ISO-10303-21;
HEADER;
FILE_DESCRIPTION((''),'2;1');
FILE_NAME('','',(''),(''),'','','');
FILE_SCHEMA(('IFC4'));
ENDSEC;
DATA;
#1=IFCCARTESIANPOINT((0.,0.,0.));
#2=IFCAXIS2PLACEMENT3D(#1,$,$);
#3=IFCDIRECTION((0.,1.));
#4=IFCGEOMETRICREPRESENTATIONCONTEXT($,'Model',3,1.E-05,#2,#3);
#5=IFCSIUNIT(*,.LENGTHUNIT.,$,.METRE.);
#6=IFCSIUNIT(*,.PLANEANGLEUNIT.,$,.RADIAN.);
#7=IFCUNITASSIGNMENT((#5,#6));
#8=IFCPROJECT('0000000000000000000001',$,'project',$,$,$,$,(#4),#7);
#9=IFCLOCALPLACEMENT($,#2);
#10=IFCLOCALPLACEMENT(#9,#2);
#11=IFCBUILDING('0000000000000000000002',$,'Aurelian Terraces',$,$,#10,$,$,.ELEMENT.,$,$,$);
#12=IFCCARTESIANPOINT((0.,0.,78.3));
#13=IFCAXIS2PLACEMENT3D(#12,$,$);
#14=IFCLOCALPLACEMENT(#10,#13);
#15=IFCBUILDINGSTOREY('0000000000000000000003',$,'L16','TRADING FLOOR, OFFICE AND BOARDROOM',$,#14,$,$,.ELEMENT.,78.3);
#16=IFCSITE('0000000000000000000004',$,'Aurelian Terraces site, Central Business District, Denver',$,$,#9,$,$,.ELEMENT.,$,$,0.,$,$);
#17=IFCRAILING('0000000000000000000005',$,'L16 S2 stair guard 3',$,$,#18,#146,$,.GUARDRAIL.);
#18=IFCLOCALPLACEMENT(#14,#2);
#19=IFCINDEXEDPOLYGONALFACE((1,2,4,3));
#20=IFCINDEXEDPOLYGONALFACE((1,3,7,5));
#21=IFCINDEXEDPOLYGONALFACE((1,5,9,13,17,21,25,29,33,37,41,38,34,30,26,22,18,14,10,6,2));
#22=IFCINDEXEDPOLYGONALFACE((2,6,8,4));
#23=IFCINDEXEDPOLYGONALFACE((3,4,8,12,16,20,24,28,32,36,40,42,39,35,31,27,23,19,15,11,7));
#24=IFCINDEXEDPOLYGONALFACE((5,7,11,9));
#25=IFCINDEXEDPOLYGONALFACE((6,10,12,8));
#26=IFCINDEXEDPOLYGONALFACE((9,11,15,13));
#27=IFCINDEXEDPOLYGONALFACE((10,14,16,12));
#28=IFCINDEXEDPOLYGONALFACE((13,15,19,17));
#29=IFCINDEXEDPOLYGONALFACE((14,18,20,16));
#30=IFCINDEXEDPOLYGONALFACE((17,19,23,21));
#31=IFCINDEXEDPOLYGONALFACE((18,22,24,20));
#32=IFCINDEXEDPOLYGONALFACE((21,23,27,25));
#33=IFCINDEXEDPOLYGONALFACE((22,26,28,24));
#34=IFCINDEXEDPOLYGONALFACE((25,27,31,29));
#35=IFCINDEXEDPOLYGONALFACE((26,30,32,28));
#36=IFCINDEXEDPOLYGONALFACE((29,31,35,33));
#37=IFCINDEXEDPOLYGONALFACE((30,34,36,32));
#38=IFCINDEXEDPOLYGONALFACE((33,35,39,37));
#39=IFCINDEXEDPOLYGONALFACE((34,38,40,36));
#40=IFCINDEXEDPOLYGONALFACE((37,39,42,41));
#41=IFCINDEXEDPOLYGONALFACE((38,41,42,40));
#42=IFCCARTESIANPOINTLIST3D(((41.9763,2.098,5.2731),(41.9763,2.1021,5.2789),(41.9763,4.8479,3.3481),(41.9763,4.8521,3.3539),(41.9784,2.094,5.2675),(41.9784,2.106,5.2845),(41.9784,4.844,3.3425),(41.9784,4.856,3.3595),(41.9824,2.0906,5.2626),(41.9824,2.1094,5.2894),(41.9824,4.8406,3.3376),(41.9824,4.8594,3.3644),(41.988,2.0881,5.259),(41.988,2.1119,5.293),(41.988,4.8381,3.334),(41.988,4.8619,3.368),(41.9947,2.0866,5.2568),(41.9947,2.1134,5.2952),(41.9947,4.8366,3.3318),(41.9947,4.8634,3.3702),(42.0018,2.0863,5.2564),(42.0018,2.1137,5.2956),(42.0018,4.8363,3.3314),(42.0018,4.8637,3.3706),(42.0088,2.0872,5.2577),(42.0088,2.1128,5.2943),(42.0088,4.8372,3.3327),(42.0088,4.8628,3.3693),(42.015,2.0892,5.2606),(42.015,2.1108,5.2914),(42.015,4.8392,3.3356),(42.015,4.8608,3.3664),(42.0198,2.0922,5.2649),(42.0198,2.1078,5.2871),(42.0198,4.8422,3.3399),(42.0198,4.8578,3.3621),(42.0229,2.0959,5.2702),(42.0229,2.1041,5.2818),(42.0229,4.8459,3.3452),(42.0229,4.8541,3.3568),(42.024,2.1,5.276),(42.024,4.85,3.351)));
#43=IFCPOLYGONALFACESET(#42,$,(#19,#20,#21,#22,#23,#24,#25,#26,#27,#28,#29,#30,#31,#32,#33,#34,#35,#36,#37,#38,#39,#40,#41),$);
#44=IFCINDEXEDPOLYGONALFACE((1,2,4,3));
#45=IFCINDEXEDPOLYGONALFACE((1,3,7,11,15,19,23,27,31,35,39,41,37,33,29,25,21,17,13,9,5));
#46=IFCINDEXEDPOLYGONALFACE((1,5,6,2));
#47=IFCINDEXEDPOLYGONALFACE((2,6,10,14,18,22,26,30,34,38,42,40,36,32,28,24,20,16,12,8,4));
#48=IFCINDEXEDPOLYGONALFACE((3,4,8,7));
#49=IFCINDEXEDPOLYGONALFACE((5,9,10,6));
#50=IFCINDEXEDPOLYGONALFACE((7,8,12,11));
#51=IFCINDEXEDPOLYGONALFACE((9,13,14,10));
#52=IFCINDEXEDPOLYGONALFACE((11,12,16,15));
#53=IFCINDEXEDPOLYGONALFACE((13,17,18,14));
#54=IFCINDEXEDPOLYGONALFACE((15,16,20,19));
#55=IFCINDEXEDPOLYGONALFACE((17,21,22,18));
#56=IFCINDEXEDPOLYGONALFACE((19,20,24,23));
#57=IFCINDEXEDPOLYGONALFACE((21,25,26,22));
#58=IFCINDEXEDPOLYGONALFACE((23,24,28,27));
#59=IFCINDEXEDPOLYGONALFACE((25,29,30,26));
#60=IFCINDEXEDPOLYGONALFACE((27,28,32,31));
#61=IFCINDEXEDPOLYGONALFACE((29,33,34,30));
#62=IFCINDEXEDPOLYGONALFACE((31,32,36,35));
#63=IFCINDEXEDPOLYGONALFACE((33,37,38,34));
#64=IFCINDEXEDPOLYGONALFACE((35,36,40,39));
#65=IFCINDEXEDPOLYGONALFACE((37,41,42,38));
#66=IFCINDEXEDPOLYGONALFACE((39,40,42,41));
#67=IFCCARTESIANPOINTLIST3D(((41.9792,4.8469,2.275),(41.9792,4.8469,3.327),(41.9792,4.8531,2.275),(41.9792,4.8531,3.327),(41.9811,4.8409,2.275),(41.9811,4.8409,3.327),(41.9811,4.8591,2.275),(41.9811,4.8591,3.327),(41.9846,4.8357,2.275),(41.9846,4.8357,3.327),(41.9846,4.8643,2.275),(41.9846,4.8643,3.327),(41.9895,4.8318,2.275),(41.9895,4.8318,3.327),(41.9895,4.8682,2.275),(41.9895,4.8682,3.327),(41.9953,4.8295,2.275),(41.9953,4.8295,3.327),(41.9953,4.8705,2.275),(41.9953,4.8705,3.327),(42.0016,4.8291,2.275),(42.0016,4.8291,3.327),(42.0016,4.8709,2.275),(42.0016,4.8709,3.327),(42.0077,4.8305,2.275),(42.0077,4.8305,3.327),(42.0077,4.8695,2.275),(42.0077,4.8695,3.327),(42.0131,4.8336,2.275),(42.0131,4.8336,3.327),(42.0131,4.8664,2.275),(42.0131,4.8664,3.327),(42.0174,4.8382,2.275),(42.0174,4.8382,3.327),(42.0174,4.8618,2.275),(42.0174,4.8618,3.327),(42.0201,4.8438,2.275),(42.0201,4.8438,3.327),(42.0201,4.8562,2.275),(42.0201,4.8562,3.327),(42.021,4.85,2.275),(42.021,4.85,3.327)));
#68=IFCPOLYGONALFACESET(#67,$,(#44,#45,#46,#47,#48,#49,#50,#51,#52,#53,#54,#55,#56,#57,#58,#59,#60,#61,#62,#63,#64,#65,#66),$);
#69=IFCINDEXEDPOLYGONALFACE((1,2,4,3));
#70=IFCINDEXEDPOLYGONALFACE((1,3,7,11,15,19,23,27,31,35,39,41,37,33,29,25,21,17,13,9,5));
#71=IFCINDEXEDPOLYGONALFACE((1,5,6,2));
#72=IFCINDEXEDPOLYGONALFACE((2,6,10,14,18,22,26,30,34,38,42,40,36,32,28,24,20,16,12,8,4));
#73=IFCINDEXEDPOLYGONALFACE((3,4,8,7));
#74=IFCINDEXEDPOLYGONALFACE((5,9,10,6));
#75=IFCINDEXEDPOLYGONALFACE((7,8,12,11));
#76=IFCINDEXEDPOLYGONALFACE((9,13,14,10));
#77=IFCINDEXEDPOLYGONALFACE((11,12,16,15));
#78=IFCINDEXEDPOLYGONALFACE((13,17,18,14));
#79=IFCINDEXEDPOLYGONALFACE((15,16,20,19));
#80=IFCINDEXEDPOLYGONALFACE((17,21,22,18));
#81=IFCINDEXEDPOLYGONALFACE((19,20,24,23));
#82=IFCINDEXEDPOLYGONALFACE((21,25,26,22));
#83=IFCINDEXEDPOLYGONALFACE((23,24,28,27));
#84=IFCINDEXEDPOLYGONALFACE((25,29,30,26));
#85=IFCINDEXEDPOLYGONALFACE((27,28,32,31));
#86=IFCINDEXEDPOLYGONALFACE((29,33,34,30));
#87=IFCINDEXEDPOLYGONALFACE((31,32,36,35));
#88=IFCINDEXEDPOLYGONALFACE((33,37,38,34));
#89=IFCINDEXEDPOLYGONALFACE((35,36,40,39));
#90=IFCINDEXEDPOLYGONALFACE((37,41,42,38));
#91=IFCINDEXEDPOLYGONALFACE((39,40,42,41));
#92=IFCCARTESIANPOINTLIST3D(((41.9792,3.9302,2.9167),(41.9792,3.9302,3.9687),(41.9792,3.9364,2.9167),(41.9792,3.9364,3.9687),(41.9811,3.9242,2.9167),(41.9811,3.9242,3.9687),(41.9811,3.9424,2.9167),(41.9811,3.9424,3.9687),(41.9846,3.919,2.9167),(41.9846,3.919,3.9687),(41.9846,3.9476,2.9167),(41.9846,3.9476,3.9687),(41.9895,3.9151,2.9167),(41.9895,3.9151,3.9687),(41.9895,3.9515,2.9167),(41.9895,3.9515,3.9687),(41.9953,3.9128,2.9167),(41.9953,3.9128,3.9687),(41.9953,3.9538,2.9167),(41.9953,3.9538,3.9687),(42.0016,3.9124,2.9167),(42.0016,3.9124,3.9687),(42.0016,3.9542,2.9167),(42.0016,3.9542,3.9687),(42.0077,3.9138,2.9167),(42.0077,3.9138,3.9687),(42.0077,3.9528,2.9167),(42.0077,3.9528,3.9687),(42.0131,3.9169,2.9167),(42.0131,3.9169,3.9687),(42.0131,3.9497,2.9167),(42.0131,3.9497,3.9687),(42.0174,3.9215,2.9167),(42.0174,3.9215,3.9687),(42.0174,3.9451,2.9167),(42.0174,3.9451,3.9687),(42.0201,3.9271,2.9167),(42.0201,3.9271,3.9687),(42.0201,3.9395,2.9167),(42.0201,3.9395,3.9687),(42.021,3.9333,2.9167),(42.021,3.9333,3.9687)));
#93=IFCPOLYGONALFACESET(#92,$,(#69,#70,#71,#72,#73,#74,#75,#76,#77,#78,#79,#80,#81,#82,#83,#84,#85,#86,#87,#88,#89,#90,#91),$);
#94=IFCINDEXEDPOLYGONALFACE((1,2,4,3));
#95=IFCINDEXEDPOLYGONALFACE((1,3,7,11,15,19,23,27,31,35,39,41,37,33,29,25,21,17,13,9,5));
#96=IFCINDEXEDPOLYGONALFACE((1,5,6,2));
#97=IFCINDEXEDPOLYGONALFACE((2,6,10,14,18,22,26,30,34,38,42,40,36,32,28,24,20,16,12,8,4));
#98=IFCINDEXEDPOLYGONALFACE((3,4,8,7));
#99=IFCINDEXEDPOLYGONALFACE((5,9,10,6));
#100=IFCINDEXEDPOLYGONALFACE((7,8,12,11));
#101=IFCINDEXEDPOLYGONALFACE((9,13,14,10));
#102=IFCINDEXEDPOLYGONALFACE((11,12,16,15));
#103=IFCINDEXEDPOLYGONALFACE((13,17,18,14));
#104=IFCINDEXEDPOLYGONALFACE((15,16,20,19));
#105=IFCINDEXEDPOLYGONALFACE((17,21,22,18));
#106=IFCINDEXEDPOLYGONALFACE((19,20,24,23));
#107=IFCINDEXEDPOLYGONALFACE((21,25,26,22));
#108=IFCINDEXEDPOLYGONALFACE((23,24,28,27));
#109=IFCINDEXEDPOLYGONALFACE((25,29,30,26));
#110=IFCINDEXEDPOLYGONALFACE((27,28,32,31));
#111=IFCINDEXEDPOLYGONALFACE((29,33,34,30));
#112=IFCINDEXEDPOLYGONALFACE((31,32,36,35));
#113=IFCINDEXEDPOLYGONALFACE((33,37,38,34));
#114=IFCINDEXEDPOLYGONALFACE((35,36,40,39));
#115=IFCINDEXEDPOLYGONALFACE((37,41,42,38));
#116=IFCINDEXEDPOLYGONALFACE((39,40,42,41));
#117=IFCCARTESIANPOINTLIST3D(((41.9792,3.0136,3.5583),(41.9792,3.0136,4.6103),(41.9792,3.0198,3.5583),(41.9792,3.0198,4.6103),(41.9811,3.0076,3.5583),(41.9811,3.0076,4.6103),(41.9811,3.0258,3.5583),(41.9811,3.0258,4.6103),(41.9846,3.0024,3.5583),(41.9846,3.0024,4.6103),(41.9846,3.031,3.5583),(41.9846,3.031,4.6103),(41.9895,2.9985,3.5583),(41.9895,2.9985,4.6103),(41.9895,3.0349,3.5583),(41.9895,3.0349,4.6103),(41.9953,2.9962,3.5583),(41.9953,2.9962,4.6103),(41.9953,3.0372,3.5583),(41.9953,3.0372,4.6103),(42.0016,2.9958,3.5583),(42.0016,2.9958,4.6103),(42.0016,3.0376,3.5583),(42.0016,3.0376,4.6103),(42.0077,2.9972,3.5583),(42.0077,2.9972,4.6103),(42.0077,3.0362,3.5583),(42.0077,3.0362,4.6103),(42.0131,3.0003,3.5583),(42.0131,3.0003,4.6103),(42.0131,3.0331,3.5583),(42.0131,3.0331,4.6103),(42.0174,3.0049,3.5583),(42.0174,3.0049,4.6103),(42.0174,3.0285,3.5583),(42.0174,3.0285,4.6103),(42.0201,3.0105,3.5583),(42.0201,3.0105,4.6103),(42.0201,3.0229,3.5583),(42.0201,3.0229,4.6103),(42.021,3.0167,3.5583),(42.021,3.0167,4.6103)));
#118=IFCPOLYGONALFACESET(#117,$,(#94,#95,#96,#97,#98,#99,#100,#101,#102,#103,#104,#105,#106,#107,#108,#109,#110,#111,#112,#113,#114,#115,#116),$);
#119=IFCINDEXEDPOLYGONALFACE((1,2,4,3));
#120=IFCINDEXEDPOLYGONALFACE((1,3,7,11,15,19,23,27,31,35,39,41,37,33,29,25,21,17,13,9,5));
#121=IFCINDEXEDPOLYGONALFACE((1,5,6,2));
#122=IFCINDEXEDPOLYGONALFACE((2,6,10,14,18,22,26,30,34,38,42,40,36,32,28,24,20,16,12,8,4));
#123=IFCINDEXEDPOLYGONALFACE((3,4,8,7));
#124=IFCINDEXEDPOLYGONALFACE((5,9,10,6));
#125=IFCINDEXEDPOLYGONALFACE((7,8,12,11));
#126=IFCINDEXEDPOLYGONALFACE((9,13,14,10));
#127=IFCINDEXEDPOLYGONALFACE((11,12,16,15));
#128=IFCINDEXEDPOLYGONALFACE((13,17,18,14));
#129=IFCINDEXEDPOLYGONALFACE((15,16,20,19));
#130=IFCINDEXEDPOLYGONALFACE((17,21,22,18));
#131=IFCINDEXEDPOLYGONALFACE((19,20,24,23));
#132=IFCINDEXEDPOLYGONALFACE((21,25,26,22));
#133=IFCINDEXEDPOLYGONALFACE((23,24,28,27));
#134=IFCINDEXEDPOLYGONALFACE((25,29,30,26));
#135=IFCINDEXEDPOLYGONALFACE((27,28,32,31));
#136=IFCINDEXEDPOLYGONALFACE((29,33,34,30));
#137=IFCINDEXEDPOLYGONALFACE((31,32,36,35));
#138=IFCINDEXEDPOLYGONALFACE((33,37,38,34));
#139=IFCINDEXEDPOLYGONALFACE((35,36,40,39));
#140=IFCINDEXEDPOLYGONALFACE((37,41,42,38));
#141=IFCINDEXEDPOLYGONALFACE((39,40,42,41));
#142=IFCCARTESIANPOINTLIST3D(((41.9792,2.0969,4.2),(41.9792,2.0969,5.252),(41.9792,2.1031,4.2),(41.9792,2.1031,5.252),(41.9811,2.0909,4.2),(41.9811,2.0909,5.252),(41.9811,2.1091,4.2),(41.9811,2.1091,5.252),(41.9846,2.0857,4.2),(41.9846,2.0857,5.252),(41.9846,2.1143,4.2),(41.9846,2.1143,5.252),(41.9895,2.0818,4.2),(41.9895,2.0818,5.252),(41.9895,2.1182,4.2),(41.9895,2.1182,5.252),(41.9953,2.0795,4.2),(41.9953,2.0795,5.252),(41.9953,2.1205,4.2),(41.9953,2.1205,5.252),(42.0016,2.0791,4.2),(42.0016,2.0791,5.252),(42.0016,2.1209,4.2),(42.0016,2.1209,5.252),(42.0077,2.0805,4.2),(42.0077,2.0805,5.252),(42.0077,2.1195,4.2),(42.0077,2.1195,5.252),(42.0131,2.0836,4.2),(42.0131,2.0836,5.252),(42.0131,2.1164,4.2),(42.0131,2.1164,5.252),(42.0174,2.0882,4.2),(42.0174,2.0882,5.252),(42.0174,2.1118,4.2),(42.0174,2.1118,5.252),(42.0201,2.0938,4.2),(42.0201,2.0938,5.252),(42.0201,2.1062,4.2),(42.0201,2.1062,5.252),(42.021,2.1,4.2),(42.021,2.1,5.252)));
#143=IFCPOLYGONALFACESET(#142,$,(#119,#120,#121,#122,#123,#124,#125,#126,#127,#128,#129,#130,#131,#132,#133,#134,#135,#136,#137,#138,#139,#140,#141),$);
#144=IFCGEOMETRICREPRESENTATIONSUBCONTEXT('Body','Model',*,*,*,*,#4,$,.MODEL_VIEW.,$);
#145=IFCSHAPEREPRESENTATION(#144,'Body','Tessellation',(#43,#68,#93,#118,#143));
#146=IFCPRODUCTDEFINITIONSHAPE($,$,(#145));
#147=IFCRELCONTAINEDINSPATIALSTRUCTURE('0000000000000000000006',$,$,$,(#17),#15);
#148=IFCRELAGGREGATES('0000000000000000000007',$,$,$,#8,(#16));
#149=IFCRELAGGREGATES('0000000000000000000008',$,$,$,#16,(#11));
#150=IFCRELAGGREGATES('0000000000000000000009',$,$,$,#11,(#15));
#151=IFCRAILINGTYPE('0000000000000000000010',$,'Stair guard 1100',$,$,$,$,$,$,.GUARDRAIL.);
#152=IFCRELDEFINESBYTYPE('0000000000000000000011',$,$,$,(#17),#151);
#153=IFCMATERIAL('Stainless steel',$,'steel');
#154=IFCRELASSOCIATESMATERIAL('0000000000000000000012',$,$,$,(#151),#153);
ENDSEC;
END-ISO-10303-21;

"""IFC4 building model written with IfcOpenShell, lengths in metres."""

from ifc_helpers import new_model, si_unit, direction, frame, origin, origin_2d, place, context, subcontext, project, spatial, circle, extrude, source, transform, mapped, material, type_object, element, save


model = new_model("IFC4")

# Units and contexts
model_context = context("Model", 3, precision=1e-05, world=origin(), true_north=direction((0.0, 1.0)))
body_context = subcontext(model_context, "Body", "Model", "MODEL_VIEW")
ifc_project = project(units=[si_unit("LENGTHUNIT", "METRE"), si_unit("PLANEANGLEUNIT", "RADIAN")], contexts=[model_context])

# Site, building, storey
site_placement = place(None, origin())
site = spatial("IfcSite", under=ifc_project, at=site_placement, Name="Aurelian Terraces site, Central Business District, Denver", CompositionType="ELEMENT", RefElevation=0.0)
building_placement = place(site_placement, origin())
building = spatial("IfcBuilding", under=site, at=building_placement, Name="Aurelian Terraces", CompositionType="ELEMENT")
storey_placement = place(building_placement, frame((0.0, 0.0, 78.3)))
storey = spatial("IfcBuildingStorey", under=building, at=storey_placement, Name="L16", Description="TRADING FLOOR, OFFICE AND BOARDROOM", CompositionType="ELEMENT", Elevation=78.3)

# Railing
ifc_material_1 = material(Name="Stainless steel", Category="steel")
railing_type_1 = type_object("IfcRailingType", Name="Stair guard 1100", PredefinedType="GUARDRAIL", material=ifc_material_1)
shared_shape_1 = source(origin(), body_context, "Body", "SweptSolid", [
    extrude(circle(Radius=0.024, at=origin_2d()), frame((0.0, 0.0, 1.076), z_axis=(0.0, -0.819232, 0.573462), x_axis=(1.0, 0.0, 0.0)), (0.0, 0.0, 1.0), 3.3568),
    extrude(circle(Radius=0.021, at=origin_2d()), origin(), (0.0, 0.0, 1.0), 1.052),
    extrude(circle(Radius=0.021, at=origin_2d()), frame((0.0, -0.9167, 0.6417)), (0.0, 0.0, 1.0), 1.052),
    extrude(circle(Radius=0.021, at=origin_2d()), frame((0.0, -1.8333, 1.2833)), (0.0, 0.0, 1.0), 1.052),
    extrude(circle(Radius=0.021, at=origin_2d()), frame((0.0, -2.75, 1.925)), (0.0, 0.0, 1.0), 1.052),
])
railing_1_placement = place(storey_placement, frame((42.0, 4.85, 2.275)))
element("IfcRailing", 1, at=railing_1_placement, inside=storey, type_object=railing_type_1, Name="L16 S2 stair guard 3", PredefinedType="GUARDRAIL", context=body_context, shape_type="MappedRepresentation", body=[
    mapped(shared_shape_1, transform((0.0, 0.0, 0.0), scale=1.0)),
])

save(model, "model.ifc")
